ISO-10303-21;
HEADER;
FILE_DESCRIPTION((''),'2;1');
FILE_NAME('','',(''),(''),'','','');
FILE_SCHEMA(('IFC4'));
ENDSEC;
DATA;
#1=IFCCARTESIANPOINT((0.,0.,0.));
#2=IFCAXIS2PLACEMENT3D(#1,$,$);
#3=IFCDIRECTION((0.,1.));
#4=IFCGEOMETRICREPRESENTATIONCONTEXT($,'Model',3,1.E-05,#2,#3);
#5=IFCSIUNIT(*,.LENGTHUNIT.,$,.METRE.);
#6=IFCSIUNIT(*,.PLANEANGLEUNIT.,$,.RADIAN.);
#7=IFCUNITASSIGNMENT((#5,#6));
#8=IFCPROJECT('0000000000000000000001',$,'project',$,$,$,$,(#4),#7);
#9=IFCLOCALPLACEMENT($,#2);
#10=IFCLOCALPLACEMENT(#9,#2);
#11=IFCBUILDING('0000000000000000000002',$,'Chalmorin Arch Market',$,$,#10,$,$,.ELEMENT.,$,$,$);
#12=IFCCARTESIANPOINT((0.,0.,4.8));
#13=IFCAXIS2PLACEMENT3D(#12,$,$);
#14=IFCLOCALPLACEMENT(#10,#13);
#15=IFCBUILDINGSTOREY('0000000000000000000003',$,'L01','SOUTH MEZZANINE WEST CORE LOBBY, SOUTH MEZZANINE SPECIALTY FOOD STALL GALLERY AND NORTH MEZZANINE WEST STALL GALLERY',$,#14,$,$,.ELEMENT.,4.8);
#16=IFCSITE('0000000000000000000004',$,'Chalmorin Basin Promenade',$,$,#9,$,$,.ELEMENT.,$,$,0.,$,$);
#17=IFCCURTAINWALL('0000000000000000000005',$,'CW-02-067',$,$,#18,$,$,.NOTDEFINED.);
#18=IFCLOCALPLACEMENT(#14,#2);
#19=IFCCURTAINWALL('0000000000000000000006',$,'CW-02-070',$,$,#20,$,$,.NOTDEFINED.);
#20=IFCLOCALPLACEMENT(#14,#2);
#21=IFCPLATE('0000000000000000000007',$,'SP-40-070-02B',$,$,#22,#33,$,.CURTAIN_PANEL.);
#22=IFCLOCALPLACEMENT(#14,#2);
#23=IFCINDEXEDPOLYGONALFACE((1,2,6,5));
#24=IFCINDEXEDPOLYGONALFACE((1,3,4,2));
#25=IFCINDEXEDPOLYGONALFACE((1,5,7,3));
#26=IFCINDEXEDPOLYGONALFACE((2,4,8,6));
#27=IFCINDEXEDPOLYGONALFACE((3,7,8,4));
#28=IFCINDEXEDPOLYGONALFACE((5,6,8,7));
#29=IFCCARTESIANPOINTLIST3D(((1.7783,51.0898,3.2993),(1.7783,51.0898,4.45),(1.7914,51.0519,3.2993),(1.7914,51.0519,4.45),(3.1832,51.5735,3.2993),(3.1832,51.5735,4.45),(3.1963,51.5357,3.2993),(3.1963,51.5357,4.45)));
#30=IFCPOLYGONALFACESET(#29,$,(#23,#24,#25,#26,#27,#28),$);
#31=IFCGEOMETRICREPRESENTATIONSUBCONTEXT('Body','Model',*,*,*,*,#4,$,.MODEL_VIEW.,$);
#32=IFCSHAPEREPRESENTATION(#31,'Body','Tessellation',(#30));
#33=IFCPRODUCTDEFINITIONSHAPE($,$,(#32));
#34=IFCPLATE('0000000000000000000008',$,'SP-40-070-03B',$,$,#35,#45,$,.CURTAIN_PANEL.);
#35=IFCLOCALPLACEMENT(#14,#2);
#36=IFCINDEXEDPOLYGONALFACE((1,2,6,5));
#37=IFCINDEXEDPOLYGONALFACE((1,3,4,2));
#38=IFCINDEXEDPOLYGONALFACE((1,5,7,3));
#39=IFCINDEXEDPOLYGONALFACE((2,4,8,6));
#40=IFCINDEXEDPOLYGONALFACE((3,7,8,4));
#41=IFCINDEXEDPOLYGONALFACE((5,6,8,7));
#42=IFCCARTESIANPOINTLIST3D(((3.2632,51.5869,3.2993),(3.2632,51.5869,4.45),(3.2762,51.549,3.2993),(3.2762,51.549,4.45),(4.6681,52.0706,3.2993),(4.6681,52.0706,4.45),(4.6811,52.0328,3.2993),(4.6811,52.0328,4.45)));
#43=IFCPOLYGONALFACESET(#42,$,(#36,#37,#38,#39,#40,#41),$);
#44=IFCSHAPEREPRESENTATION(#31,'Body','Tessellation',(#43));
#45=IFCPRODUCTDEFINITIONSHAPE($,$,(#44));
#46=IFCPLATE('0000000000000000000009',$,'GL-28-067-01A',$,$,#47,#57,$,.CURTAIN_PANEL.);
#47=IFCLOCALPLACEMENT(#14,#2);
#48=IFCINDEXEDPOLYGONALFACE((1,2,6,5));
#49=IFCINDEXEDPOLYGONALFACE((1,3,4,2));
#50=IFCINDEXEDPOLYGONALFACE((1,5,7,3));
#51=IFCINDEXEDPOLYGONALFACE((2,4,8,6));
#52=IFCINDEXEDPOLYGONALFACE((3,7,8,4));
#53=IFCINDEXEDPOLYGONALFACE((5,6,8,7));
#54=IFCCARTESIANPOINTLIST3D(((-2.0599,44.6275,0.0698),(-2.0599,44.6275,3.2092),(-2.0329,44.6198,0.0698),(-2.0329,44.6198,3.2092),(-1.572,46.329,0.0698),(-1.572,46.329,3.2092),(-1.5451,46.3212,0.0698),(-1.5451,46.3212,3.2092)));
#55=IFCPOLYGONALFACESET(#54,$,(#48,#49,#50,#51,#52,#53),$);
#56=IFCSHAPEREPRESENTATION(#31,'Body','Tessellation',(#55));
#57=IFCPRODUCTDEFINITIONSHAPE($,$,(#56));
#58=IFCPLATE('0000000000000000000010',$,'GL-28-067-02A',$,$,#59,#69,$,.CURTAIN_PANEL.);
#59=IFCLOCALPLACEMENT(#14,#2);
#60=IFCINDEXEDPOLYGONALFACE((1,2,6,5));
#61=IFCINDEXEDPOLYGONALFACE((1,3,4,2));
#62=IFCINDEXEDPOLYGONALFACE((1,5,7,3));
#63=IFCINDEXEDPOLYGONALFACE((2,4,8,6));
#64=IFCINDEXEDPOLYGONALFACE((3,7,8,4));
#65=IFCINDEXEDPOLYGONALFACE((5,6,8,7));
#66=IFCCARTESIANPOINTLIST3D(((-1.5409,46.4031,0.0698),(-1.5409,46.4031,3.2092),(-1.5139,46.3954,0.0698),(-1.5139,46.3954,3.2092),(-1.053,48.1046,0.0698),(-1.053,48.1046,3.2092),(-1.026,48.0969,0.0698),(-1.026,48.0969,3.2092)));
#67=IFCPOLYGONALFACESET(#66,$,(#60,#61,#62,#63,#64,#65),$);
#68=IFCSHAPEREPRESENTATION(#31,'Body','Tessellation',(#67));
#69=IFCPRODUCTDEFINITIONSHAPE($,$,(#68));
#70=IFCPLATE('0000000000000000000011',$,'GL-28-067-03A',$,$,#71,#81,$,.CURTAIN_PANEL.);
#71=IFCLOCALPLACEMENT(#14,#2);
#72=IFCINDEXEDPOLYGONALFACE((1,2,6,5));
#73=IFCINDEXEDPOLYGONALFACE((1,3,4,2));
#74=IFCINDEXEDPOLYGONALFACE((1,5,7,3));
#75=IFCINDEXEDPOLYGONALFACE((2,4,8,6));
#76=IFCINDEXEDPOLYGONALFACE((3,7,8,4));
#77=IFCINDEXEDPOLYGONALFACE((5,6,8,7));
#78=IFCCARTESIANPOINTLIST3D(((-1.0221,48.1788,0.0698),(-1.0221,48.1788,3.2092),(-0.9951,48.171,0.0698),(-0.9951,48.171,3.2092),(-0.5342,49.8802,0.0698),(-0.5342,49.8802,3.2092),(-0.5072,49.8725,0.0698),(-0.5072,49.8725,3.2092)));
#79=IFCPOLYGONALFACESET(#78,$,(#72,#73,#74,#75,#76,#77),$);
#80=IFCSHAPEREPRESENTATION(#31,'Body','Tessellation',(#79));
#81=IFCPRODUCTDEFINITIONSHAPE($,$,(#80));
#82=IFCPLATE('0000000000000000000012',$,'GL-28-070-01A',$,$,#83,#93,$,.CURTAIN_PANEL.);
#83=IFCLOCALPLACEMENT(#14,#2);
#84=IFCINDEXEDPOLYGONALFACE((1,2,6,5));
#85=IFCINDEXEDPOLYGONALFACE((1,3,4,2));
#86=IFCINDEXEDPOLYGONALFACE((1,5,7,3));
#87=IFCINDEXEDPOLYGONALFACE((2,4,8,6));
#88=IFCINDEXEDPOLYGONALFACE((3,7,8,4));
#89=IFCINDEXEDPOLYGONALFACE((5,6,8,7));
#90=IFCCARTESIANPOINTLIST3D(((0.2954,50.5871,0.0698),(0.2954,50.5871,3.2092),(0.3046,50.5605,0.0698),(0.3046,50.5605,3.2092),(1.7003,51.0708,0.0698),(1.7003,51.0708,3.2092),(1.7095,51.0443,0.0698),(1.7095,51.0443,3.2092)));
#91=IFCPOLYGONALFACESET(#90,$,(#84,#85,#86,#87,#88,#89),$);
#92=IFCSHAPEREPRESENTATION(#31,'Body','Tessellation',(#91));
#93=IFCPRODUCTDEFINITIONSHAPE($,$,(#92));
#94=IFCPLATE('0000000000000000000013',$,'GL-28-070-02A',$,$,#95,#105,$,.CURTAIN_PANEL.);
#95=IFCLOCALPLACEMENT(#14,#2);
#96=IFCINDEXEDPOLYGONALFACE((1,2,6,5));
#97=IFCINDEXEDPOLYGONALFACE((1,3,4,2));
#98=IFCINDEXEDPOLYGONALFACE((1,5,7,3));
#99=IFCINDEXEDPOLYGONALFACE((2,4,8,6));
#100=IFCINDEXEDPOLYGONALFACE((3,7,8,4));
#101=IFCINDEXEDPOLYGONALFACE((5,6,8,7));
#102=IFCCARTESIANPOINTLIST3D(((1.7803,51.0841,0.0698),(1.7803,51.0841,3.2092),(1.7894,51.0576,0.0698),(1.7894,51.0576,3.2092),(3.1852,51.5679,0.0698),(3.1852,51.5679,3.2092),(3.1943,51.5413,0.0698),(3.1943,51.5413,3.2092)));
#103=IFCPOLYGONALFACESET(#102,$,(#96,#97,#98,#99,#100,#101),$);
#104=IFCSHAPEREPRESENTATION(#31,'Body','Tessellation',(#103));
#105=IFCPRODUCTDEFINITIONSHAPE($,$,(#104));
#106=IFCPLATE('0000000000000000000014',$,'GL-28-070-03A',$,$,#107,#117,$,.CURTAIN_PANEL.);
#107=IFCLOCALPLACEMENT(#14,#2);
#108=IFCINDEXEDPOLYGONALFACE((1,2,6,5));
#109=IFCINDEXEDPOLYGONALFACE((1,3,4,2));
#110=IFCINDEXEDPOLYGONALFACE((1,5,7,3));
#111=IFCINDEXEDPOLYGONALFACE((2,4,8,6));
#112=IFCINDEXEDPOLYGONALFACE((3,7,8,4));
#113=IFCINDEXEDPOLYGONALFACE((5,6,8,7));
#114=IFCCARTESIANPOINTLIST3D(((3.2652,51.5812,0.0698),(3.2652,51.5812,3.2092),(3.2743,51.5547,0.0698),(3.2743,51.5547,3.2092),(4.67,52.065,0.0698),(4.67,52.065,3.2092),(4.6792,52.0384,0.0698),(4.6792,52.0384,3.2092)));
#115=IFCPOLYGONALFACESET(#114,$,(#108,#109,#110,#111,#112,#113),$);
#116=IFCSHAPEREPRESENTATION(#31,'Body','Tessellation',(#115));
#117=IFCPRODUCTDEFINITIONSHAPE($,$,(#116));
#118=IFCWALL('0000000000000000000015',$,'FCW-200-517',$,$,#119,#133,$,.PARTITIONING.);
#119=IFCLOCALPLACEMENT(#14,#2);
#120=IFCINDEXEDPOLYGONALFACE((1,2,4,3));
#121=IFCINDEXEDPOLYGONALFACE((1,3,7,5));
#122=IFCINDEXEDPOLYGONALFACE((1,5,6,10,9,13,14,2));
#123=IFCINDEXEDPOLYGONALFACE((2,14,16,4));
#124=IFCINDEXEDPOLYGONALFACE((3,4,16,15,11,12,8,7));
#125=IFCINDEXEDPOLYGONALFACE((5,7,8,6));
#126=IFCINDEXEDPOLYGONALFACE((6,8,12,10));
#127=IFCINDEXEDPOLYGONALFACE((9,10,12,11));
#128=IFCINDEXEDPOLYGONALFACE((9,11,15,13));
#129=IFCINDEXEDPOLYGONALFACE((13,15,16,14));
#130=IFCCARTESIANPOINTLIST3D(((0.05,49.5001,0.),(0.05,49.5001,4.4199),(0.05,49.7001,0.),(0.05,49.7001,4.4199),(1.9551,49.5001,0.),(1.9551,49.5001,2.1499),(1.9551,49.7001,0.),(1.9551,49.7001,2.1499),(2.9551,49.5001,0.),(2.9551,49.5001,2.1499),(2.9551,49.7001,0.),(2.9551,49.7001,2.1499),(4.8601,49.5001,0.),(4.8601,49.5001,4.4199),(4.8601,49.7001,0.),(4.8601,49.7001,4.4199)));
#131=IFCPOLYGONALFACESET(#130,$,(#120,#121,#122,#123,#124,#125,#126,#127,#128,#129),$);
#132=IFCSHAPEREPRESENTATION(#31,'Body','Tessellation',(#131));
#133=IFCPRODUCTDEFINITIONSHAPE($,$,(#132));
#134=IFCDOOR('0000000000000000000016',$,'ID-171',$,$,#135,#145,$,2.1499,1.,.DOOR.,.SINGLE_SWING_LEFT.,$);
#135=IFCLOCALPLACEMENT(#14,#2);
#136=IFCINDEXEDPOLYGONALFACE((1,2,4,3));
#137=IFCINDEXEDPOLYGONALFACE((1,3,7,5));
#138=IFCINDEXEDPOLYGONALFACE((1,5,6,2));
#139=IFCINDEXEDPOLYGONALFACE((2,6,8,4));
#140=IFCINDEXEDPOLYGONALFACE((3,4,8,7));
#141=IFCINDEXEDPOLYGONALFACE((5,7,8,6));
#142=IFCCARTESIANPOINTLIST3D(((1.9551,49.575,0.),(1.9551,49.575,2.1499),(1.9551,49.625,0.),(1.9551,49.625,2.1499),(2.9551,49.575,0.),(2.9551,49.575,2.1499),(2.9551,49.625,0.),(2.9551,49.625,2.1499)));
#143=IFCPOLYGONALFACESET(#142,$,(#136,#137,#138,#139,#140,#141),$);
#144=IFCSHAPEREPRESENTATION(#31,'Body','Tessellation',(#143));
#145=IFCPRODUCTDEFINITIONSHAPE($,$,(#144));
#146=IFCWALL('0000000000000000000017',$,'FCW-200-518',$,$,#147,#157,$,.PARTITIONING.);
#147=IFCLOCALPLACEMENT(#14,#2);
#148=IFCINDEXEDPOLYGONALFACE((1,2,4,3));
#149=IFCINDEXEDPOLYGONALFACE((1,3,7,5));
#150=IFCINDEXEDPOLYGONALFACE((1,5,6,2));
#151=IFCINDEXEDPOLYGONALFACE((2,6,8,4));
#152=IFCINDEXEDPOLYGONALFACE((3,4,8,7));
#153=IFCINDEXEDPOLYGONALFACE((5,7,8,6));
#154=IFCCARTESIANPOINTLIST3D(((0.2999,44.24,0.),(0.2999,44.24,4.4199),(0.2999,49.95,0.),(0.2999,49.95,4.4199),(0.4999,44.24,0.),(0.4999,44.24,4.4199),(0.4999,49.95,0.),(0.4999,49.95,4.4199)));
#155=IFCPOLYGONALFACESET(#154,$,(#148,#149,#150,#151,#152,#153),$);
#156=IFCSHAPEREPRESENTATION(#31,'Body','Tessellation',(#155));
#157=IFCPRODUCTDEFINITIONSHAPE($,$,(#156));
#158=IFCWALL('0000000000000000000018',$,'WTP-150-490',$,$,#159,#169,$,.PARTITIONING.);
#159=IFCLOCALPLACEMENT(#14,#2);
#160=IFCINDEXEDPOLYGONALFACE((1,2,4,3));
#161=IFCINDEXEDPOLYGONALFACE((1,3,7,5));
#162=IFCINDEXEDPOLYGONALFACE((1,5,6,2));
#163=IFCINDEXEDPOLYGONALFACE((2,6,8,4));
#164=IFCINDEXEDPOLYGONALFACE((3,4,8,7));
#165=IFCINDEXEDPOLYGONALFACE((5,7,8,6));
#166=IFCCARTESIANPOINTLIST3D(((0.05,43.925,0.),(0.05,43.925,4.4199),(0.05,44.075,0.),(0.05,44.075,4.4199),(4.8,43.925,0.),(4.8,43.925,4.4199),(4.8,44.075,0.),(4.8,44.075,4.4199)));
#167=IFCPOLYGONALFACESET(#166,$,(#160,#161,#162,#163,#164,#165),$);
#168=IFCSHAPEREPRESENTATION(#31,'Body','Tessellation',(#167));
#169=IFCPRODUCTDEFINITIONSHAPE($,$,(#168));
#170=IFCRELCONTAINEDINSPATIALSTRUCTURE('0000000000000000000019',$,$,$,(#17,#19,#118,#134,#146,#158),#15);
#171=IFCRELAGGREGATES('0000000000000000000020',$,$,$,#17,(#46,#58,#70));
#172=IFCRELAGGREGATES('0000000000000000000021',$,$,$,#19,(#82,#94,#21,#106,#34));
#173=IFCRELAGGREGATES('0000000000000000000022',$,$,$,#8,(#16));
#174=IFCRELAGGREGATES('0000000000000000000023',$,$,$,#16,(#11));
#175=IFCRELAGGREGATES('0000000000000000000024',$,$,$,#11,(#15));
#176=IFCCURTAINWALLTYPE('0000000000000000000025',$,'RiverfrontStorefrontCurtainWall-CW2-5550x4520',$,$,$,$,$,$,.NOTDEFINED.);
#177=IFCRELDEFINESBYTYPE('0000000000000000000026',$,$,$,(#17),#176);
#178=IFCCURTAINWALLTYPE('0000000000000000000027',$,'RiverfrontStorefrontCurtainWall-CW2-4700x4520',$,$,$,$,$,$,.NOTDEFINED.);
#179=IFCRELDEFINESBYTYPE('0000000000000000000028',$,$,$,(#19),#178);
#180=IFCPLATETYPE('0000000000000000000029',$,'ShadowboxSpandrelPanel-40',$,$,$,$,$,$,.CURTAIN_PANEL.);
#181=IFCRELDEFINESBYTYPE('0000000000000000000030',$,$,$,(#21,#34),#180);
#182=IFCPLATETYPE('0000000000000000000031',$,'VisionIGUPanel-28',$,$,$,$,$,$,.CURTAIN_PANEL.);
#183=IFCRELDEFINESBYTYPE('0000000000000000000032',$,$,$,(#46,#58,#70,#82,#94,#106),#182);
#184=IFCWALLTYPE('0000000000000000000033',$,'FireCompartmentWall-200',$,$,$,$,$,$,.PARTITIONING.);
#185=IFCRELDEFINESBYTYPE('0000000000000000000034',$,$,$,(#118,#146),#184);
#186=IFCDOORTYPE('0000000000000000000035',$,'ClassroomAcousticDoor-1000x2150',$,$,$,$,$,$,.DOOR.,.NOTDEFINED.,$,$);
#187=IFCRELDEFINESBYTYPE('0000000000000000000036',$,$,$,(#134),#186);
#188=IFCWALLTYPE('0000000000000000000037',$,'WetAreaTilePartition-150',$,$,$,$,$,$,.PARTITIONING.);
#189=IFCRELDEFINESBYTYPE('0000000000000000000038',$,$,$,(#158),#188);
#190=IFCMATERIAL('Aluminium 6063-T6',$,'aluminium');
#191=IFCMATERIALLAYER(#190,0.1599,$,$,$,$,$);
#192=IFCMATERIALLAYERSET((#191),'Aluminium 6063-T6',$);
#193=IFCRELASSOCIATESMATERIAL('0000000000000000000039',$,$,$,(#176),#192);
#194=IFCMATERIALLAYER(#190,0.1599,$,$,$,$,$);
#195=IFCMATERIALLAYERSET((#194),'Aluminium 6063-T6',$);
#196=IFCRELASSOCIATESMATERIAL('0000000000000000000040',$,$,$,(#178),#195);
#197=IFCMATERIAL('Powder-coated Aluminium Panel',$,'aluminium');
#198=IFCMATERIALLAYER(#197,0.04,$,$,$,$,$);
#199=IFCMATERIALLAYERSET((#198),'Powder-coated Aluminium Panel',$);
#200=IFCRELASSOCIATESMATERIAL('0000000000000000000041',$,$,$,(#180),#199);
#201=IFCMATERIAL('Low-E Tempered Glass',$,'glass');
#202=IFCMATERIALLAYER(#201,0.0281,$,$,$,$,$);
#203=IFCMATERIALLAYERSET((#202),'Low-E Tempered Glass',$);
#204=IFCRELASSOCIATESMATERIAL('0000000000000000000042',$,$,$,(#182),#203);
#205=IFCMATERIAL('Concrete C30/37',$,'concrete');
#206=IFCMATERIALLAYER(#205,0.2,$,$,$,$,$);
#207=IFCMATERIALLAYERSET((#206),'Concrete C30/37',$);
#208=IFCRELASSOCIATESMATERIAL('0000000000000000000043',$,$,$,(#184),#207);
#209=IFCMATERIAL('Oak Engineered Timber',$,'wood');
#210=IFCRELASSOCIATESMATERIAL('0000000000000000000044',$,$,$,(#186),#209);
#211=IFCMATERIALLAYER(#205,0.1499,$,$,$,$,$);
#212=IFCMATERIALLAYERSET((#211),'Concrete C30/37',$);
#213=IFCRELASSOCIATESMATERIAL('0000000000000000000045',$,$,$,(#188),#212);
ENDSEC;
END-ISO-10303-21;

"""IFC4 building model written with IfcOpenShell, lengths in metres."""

from ifc_helpers import new_model, si_unit, direction, frame, frame_2d, origin, origin_2d, place, context, subcontext, project, spatial, rectangle, extrude, material, layer, layer_set, type_object, element, fill, aggregate, save


model = new_model("IFC4")

# Units and contexts
model_context = context("Model", 3, precision=1e-05, world=origin(), true_north=direction((0.0, 1.0)))
body_context = subcontext(model_context, "Body", "Model", "MODEL_VIEW")
ifc_project = project(units=[si_unit("LENGTHUNIT", "METRE"), si_unit("PLANEANGLEUNIT", "RADIAN")], contexts=[model_context])

# Site, building, storey
site_placement = place(None, origin())
site = spatial("IfcSite", under=ifc_project, at=site_placement, Name="Chalmorin Basin Promenade", CompositionType="ELEMENT", RefElevation=0.0)
building_placement = place(site_placement, origin())
building = spatial("IfcBuilding", under=site, at=building_placement, Name="Chalmorin Arch Market", CompositionType="ELEMENT")
storey_placement = place(building_placement, frame((0.0, 0.0, 4.8)))
storey = spatial("IfcBuildingStorey", under=building, at=storey_placement, Name="L01", Description="SOUTH MEZZANINE WEST CORE LOBBY, SOUTH MEZZANINE SPECIALTY FOOD STALL GALLERY AND NORTH MEZZANINE WEST STALL GALLERY", CompositionType="ELEMENT", Elevation=4.8)

# Shared definitions
ifc_material_1 = material(Name="Aluminium 6063-T6", Category="aluminium")

# Curtain walls
ifc_layer_1 = layer(ifc_material_1, 0.1599)
ifc_layer_set_1 = layer_set([ifc_layer_1], Name="Aluminium 6063-T6")
curtain_wall_type_1 = type_object("IfcCurtainWallType", Name="RiverfrontStorefrontCurtainWall-CW2-5550x4520", PredefinedType="NOTDEFINED", material=ifc_layer_set_1)
curtain_wall_1_placement = place(storey_placement, origin())
curtain_wall_1 = element("IfcCurtainWall", 1, at=curtain_wall_1_placement, inside=storey, type_object=curtain_wall_type_1, Name="CW-02-067", PredefinedType="NOTDEFINED")
ifc_layer_2 = layer(ifc_material_1, 0.1599)
ifc_layer_set_2 = layer_set([ifc_layer_2], Name="Aluminium 6063-T6")
curtain_wall_type_2 = type_object("IfcCurtainWallType", Name="RiverfrontStorefrontCurtainWall-CW2-4700x4520", PredefinedType="NOTDEFINED", material=ifc_layer_set_2)
curtain_wall_2_placement = place(storey_placement, origin())
curtain_wall_2 = element("IfcCurtainWall", 2, at=curtain_wall_2_placement, inside=storey, type_object=curtain_wall_type_2, Name="CW-02-070", PredefinedType="NOTDEFINED")

# Plates
ifc_material_2 = material(Name="Powder-coated Aluminium Panel", Category="aluminium")
ifc_layer_3 = layer(ifc_material_2, 0.04)
ifc_layer_set_3 = layer_set([ifc_layer_3], Name="Powder-coated Aluminium Panel")
plate_type_1 = type_object("IfcPlateType", Name="ShadowboxSpandrelPanel-40", PredefinedType="CURTAIN_PANEL", material=ifc_layer_set_3)
plate_1_placement = place(storey_placement, frame((2.4873, 51.3127, 3.2993), z_axis=(0.0, 0.0, 1.0), x_axis=(0.945519, 0.325568, 0.0)))
plate_1 = element("IfcPlate", 3, at=plate_1_placement, type_object=plate_type_1, Name="SP-40-070-02B", PredefinedType="CURTAIN_PANEL", context=body_context, shape_type="SweptSolid", body=[
    extrude(rectangle(XDim=1.4858, YDim=0.04, at=origin_2d()), origin(), (0.0, 0.0, 1.0), 1.1506),
])
plate_2_placement = place(storey_placement, frame((3.9722, 51.8098, 3.2993), z_axis=(0.0, 0.0, 1.0), x_axis=(0.945519, 0.325568, 0.0)))
plate_2 = element("IfcPlate", 4, at=plate_2_placement, type_object=plate_type_1, Name="SP-40-070-03B", PredefinedType="CURTAIN_PANEL", context=body_context, shape_type="SweptSolid", body=[
    extrude(rectangle(XDim=1.4858, YDim=0.04, at=origin_2d()), origin(), (0.0, 0.0, 1.0), 1.1506),
])
ifc_material_3 = material(Name="Low-E Tempered Glass", Category="glass")
ifc_layer_4 = layer(ifc_material_3, 0.0281)
ifc_layer_set_4 = layer_set([ifc_layer_4], Name="Low-E Tempered Glass")
plate_type_2 = type_object("IfcPlateType", Name="VisionIGUPanel-28", PredefinedType="CURTAIN_PANEL", material=ifc_layer_set_4)
plate_3_placement = place(storey_placement, frame((-1.8025, 45.4744, 0.0698), z_axis=(0.0, 0.0, 1.0), x_axis=(0.275637, 0.961262, 0.0)))
plate_3 = element("IfcPlate", 5, at=plate_3_placement, type_object=plate_type_2, Name="GL-28-067-01A", PredefinedType="CURTAIN_PANEL", context=body_context, shape_type="SweptSolid", body=[
    extrude(rectangle(XDim=1.77, YDim=0.0281, at=origin_2d()), origin(), (0.0, 0.0, 1.0), 3.1394),
])
plate_4_placement = place(storey_placement, frame((-1.2834, 47.25, 0.0698), z_axis=(0.0, 0.0, 1.0), x_axis=(0.275637, 0.961262, 0.0)))
plate_4 = element("IfcPlate", 6, at=plate_4_placement, type_object=plate_type_2, Name="GL-28-067-02A", PredefinedType="CURTAIN_PANEL", context=body_context, shape_type="SweptSolid", body=[
    extrude(rectangle(XDim=1.77, YDim=0.0281, at=origin_2d()), origin(), (0.0, 0.0, 1.0), 3.1394),
])
plate_5_placement = place(storey_placement, frame((-0.7646, 49.0256, 0.0698), z_axis=(0.0, 0.0, 1.0), x_axis=(0.275637, 0.961262, 0.0)))
plate_5 = element("IfcPlate", 7, at=plate_5_placement, type_object=plate_type_2, Name="GL-28-067-03A", PredefinedType="CURTAIN_PANEL", context=body_context, shape_type="SweptSolid", body=[
    extrude(rectangle(XDim=1.77, YDim=0.0281, at=origin_2d()), origin(), (0.0, 0.0, 1.0), 3.1394),
])
aggregate(curtain_wall_1, [plate_3, plate_4, plate_5])
plate_6_placement = place(storey_placement, frame((1.0024, 50.8157, 0.0698), z_axis=(0.0, 0.0, 1.0), x_axis=(0.945519, 0.325568, 0.0)))
plate_6 = element("IfcPlate", 8, at=plate_6_placement, type_object=plate_type_2, Name="GL-28-070-01A", PredefinedType="CURTAIN_PANEL", context=body_context, shape_type="SweptSolid", body=[
    extrude(rectangle(XDim=1.4858, YDim=0.0281, at=origin_2d()), origin(), (0.0, 0.0, 1.0), 3.1394),
])
plate_7_placement = place(storey_placement, frame((2.4873, 51.3127, 0.0698), z_axis=(0.0, 0.0, 1.0), x_axis=(0.945519, 0.325568, 0.0)))
plate_7 = element("IfcPlate", 9, at=plate_7_placement, type_object=plate_type_2, Name="GL-28-070-02A", PredefinedType="CURTAIN_PANEL", context=body_context, shape_type="SweptSolid", body=[
    extrude(rectangle(XDim=1.4858, YDim=0.0281, at=origin_2d()), origin(), (0.0, 0.0, 1.0), 3.1394),
])
plate_8_placement = place(storey_placement, frame((3.9722, 51.8098, 0.0698), z_axis=(0.0, 0.0, 1.0), x_axis=(0.945519, 0.325568, 0.0)))
plate_8 = element("IfcPlate", 10, at=plate_8_placement, type_object=plate_type_2, Name="GL-28-070-03A", PredefinedType="CURTAIN_PANEL", context=body_context, shape_type="SweptSolid", body=[
    extrude(rectangle(XDim=1.4858, YDim=0.0281, at=origin_2d()), origin(), (0.0, 0.0, 1.0), 3.1394),
])
aggregate(curtain_wall_2, [plate_6, plate_7, plate_1, plate_8, plate_2])

# Wall, opening, door
ifc_material_4 = material(Name="Concrete C30/37", Category="concrete")
ifc_layer_5 = layer(ifc_material_4, 0.2)
ifc_layer_set_5 = layer_set([ifc_layer_5], Name="Concrete C30/37")
wall_type_1 = type_object("IfcWallType", Name="FireCompartmentWall-200", PredefinedType="PARTITIONING", material=ifc_layer_set_5)
wall_1_placement = place(storey_placement, frame((0.05, 49.6001, 0.0), z_axis=(0.0, 0.0, 1.0), x_axis=(1.0, 0.0, 0.0)))
wall_1 = element("IfcWall", 11, at=wall_1_placement, inside=storey, type_object=wall_type_1, Name="FCW-200-517", PredefinedType="PARTITIONING", context=body_context, shape_type="SweptSolid", body=[
    extrude(rectangle(XDim=4.8101, YDim=0.2, at=frame_2d((2.405, 0.0))), origin(), (0.0, 0.0, 1.0), 4.4199),
])
opening_placement = place(wall_1_placement, frame((1.905, 0.0, 0.0)))
opening = element("IfcOpeningElement", 12, at=opening_placement, cuts=wall_1, PredefinedType="OPENING", context=body_context, shape_type="SweptSolid", body=[
    extrude(rectangle(XDim=1.0, YDim=2.1499, at=frame_2d((0.5, 1.075))), frame((0.0, 0.1099, 0.0), z_axis=(0.0, -1.0, 0.0), x_axis=(1.0, 0.0, 0.0)), (0.0, 0.0, 1.0), 0.22),
])
ifc_material_5 = material(Name="Oak Engineered Timber", Category="wood")
door_type = type_object("IfcDoorType", Name="ClassroomAcousticDoor-1000x2150", OperationType="NOTDEFINED", PredefinedType="DOOR", material=ifc_material_5)
door_placement = place(opening_placement, origin())
door = element("IfcDoor", 13, at=door_placement, inside=storey, type_object=door_type, Name="ID-171", OperationType="SINGLE_SWING_LEFT", OverallHeight=2.1499, OverallWidth=1.0, PredefinedType="DOOR", context=body_context, shape_type="SweptSolid", body=[
    extrude(rectangle(XDim=1.0, YDim=2.1499, at=frame_2d((0.5, 1.075))), frame((0.0, 0.0249, 0.0), z_axis=(0.0, -1.0, 0.0), x_axis=(1.0, 0.0, 0.0)), (0.0, 0.0, 1.0), 0.05),
])
fill(opening, door)

# Walls
wall_2_placement = place(storey_placement, frame((0.3999, 44.24, 0.0), z_axis=(0.0, 0.0, 1.0), x_axis=(0.0, 1.0, 0.0)))
element("IfcWall", 14, at=wall_2_placement, inside=storey, type_object=wall_type_1, Name="FCW-200-518", PredefinedType="PARTITIONING", context=body_context, shape_type="SweptSolid", body=[
    extrude(rectangle(XDim=5.71, YDim=0.2, at=frame_2d((2.855, 0.0))), origin(), (0.0, 0.0, 1.0), 4.4199),
])
ifc_layer_6 = layer(ifc_material_4, 0.1499)
ifc_layer_set_6 = layer_set([ifc_layer_6], Name="Concrete C30/37")
wall_type_2 = type_object("IfcWallType", Name="WetAreaTilePartition-150", PredefinedType="PARTITIONING", material=ifc_layer_set_6)
wall_3_placement = place(storey_placement, frame((0.05, 44.0, 0.0), z_axis=(0.0, 0.0, 1.0), x_axis=(1.0, 0.0, 0.0)))
element("IfcWall", 15, at=wall_3_placement, inside=storey, type_object=wall_type_2, Name="WTP-150-490", PredefinedType="PARTITIONING", context=body_context, shape_type="SweptSolid", body=[
    extrude(rectangle(XDim=4.75, YDim=0.1499, at=frame_2d((2.375, 0.0))), origin(), (0.0, 0.0, 1.0), 4.4199),
])

save(model, "model.ifc")
